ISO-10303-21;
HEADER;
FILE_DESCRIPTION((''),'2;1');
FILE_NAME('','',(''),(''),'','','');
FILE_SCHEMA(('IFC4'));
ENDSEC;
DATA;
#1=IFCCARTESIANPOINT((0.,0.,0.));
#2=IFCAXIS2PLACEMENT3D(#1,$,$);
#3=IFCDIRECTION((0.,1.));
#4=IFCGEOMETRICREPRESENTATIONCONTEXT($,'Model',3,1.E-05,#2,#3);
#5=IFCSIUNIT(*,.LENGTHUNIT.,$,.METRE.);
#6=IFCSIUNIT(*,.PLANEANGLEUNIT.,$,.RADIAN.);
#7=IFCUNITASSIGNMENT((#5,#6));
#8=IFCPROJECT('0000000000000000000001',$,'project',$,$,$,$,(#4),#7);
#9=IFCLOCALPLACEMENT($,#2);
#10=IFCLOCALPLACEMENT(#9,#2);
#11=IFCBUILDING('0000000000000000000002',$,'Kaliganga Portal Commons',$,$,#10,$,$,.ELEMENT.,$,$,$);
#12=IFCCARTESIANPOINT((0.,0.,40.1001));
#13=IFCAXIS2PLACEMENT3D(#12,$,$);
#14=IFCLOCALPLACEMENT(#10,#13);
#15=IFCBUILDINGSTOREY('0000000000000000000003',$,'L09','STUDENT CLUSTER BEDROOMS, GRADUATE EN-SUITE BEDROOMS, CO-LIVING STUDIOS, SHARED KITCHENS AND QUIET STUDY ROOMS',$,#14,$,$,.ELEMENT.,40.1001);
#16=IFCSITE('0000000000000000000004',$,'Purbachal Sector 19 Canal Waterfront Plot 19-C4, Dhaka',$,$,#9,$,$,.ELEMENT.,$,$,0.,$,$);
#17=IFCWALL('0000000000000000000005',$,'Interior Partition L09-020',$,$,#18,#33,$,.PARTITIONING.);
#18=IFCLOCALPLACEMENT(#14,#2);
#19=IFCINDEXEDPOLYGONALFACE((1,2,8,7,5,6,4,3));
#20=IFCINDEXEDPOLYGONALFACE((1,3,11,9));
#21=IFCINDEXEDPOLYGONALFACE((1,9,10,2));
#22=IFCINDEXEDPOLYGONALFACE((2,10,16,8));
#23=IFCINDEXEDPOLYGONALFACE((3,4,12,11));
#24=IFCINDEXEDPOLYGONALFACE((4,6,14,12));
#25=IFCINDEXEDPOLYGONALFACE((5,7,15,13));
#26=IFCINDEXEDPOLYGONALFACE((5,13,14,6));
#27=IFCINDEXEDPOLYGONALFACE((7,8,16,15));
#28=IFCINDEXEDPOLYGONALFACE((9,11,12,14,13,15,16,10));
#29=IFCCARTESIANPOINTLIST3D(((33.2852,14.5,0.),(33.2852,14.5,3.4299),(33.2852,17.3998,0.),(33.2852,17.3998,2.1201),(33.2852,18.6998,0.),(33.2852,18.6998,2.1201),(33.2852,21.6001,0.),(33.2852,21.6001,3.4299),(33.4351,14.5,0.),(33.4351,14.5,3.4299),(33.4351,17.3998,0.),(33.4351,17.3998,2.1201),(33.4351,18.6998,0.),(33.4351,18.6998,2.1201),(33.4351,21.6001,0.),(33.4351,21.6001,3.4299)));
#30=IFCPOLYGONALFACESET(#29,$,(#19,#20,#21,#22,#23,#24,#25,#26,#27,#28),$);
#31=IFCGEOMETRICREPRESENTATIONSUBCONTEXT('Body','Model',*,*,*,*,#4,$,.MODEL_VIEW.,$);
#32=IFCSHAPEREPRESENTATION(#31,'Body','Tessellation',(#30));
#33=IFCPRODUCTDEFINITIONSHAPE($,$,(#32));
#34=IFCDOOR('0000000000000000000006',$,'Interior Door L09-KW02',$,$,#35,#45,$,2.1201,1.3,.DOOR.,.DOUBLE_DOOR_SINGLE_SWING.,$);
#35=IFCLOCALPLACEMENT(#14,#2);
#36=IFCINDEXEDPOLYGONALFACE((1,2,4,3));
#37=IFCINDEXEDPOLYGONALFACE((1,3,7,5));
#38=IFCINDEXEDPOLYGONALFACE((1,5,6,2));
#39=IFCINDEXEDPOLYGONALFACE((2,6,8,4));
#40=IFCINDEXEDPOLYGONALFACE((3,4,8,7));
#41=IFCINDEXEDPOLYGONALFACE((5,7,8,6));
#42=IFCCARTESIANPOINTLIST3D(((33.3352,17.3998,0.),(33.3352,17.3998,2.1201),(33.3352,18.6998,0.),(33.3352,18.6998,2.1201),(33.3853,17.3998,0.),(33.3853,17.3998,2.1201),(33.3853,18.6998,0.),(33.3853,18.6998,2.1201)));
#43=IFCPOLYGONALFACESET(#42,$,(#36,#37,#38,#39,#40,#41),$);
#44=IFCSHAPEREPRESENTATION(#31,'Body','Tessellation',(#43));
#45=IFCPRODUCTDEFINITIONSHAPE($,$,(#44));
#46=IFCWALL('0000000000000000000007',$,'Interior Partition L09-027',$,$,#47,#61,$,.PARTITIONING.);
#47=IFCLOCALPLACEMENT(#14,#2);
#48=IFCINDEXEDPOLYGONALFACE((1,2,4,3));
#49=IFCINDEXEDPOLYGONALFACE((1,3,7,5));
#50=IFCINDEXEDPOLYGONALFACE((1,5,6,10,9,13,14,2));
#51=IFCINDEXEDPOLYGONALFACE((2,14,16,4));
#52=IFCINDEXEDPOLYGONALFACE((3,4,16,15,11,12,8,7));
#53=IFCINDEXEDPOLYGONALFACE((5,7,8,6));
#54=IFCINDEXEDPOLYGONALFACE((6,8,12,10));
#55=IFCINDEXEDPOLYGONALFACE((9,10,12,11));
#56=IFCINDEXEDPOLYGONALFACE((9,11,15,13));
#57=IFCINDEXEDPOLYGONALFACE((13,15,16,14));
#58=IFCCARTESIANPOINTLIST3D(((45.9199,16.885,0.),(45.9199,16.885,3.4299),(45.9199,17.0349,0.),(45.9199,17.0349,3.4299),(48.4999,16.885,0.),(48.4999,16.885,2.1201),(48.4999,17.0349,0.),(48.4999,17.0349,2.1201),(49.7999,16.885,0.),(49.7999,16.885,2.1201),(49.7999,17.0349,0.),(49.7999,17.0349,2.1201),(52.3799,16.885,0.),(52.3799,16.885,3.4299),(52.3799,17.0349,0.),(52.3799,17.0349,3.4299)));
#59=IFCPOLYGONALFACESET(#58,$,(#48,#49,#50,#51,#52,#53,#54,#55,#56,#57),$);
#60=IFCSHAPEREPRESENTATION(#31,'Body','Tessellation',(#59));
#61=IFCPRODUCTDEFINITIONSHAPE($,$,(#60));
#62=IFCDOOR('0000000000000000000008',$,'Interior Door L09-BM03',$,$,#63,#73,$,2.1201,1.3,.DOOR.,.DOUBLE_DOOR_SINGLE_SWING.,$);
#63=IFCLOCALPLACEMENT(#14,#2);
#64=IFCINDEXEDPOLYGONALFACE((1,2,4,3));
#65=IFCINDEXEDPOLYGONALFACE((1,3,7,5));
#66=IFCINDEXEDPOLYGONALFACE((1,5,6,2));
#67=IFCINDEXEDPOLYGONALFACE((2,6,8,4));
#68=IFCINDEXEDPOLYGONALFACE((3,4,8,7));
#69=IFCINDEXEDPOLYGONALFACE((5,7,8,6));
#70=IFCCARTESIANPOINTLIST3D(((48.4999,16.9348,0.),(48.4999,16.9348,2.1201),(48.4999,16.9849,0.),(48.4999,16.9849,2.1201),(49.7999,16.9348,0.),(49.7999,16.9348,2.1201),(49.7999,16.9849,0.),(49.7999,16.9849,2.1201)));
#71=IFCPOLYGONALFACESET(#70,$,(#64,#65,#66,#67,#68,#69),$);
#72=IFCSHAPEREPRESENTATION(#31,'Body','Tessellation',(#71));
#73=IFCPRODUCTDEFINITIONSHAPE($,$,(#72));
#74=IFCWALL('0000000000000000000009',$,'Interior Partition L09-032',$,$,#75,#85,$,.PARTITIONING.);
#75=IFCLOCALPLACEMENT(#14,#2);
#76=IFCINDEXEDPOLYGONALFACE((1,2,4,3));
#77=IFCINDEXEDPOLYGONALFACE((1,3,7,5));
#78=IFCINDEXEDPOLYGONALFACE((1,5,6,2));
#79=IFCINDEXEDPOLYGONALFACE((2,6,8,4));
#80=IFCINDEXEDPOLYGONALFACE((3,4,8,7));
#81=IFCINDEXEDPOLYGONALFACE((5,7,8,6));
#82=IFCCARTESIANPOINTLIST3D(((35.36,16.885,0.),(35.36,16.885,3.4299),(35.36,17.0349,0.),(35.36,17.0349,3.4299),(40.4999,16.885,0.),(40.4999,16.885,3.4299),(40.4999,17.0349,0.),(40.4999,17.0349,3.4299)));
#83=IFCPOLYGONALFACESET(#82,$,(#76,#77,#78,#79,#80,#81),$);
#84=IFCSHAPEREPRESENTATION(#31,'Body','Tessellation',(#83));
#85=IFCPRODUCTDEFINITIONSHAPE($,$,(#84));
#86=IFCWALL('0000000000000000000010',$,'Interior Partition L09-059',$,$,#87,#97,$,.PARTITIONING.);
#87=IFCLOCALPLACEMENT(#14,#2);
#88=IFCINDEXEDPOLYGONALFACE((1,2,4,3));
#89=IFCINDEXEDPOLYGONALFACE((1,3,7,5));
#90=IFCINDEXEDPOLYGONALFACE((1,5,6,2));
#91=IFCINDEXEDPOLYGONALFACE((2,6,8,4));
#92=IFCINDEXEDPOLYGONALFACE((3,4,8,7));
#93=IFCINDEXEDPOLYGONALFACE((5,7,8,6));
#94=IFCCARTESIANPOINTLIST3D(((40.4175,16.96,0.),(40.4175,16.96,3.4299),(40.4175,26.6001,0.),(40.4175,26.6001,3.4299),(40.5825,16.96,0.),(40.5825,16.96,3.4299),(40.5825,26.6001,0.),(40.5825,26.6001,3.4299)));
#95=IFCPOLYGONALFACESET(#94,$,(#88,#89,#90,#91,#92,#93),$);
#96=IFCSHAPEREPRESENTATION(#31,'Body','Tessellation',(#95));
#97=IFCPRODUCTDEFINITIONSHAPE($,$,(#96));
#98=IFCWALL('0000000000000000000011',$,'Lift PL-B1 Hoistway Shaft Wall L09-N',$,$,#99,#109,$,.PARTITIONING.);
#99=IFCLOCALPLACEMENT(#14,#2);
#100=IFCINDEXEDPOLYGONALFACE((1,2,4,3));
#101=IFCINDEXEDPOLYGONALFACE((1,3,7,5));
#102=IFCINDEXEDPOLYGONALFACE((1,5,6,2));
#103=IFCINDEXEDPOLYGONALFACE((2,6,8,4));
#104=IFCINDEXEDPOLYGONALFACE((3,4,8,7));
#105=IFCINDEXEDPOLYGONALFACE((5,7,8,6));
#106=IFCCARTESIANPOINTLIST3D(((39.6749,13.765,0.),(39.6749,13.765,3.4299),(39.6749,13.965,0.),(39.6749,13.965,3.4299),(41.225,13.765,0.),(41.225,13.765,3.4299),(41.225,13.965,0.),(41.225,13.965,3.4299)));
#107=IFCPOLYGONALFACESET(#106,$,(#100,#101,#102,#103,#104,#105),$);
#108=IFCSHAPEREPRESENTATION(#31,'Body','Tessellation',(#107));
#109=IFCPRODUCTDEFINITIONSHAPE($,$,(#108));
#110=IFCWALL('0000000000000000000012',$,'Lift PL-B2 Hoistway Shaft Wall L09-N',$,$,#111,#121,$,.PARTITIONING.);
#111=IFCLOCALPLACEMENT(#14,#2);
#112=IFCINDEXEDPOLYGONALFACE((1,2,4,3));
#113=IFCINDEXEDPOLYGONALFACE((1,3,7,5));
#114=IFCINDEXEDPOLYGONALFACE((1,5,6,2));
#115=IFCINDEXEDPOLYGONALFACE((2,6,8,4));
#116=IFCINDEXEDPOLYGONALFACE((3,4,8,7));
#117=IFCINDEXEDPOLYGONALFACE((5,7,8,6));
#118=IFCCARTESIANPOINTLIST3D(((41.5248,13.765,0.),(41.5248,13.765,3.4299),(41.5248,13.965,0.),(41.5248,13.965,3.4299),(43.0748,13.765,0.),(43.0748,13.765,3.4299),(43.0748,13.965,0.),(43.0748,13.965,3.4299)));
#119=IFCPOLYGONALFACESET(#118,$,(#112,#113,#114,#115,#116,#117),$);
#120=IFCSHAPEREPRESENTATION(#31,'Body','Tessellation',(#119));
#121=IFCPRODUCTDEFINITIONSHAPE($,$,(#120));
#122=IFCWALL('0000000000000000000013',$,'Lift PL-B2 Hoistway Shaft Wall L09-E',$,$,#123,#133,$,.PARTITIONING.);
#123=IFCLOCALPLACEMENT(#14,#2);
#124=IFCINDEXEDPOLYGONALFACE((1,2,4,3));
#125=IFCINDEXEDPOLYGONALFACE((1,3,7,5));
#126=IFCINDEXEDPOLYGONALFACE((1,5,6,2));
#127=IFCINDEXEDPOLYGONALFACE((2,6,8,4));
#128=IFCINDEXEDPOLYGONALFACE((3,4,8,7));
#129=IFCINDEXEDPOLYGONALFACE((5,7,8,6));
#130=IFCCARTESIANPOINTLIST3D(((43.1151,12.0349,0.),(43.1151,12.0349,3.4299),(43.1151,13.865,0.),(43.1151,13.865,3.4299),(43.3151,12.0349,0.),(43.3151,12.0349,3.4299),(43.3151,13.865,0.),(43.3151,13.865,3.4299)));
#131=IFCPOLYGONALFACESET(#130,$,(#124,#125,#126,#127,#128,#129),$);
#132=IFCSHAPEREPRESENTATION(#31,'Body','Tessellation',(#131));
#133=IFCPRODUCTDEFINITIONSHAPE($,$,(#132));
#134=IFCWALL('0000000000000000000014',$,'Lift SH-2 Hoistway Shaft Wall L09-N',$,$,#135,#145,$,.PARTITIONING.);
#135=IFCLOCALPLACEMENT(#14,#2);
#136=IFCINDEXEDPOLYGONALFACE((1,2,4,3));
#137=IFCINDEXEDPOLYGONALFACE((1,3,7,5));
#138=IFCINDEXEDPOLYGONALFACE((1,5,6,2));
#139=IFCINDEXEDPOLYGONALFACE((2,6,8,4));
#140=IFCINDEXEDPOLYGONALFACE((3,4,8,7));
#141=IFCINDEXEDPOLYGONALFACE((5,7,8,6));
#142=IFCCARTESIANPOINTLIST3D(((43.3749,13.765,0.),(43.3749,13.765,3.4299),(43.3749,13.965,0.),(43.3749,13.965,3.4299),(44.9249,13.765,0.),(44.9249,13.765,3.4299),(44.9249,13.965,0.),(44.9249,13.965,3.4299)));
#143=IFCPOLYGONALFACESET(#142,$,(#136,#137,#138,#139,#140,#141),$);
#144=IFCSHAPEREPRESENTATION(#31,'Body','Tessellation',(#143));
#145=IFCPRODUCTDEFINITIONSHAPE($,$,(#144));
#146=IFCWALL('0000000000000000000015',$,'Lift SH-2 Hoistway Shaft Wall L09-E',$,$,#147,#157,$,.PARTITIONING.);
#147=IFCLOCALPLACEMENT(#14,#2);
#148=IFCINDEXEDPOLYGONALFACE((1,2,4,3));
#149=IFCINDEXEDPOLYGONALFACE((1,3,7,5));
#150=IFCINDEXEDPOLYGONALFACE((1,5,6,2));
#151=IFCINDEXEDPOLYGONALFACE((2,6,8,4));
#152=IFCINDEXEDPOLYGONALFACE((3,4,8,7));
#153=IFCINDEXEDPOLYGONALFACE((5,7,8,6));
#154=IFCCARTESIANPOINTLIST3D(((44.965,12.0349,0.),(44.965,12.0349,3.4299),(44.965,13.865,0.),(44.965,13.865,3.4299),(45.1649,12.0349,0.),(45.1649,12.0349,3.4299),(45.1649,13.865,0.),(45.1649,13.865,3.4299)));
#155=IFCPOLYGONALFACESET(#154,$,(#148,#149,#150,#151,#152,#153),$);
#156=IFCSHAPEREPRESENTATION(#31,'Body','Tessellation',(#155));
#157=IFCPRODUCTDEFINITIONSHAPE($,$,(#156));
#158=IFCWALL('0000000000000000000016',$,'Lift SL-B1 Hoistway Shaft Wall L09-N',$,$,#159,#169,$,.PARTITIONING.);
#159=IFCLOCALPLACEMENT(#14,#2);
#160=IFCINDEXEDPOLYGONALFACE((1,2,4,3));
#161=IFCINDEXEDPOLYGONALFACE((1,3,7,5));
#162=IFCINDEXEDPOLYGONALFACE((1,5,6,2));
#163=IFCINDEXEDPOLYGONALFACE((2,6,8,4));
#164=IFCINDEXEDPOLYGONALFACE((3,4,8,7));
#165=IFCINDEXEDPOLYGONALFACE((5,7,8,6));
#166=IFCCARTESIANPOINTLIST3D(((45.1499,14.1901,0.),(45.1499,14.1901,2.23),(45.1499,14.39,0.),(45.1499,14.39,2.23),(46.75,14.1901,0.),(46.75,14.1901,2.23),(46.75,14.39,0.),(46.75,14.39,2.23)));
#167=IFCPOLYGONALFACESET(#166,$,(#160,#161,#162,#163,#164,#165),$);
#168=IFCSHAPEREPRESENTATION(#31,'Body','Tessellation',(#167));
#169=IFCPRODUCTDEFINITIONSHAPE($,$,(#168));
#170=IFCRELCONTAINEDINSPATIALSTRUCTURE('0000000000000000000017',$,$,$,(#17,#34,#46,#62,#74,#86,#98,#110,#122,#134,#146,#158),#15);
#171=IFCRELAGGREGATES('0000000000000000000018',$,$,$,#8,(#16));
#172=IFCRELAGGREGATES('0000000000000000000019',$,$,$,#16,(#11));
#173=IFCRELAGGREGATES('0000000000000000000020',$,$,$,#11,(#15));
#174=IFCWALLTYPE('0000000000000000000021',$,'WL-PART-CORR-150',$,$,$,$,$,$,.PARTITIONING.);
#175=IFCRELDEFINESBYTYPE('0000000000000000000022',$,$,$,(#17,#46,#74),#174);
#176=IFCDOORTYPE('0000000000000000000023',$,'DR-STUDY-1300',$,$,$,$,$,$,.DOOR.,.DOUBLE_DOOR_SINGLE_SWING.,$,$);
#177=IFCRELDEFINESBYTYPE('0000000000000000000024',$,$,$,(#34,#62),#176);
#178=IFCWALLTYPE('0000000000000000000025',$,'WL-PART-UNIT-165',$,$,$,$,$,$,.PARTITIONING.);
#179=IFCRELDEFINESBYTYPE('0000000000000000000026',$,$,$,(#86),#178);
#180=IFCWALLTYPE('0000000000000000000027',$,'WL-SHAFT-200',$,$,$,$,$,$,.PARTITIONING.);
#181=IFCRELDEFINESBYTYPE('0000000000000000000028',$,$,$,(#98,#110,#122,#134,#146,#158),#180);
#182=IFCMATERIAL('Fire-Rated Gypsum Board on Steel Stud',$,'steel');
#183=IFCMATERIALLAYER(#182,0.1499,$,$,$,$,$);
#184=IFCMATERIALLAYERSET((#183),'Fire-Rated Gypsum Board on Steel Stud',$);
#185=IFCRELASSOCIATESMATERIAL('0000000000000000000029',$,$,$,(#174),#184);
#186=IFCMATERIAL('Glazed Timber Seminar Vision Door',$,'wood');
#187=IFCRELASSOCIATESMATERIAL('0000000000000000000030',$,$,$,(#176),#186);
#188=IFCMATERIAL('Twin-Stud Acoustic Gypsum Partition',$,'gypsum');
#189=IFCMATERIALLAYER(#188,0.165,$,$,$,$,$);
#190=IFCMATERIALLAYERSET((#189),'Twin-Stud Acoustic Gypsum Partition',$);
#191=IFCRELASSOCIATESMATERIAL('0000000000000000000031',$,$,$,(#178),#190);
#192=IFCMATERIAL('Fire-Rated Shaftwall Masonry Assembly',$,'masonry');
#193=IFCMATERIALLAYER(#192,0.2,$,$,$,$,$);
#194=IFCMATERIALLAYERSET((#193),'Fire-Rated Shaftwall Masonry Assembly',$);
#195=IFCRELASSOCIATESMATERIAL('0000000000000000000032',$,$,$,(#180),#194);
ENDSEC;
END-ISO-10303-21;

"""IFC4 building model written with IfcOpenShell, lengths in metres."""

from ifc_helpers import new_model, si_unit, direction, frame, frame_2d, origin, place, context, subcontext, project, spatial, rectangle, extrude, material, layer, layer_set, type_object, element, fill, save


model = new_model("IFC4")

# Units and contexts
model_context = context("Model", 3, precision=1e-05, world=origin(), true_north=direction((0.0, 1.0)))
body_context = subcontext(model_context, "Body", "Model", "MODEL_VIEW")
ifc_project = project(units=[si_unit("LENGTHUNIT", "METRE"), si_unit("PLANEANGLEUNIT", "RADIAN")], contexts=[model_context])

# Site, building, storey
site_placement = place(None, origin())
site = spatial("IfcSite", under=ifc_project, at=site_placement, Name="Purbachal Sector 19 Canal Waterfront Plot 19-C4, Dhaka", CompositionType="ELEMENT", RefElevation=0.0)
building_placement = place(site_placement, origin())
building = spatial("IfcBuilding", under=site, at=building_placement, Name="Kaliganga Portal Commons", CompositionType="ELEMENT")
storey_placement = place(building_placement, frame((0.0, 0.0, 40.1001)))
storey = spatial("IfcBuildingStorey", under=building, at=storey_placement, Name="L09", Description="STUDENT CLUSTER BEDROOMS, GRADUATE EN-SUITE BEDROOMS, CO-LIVING STUDIOS, SHARED KITCHENS AND QUIET STUDY ROOMS", CompositionType="ELEMENT", Elevation=40.1001)

# Walls, openings, doors
ifc_material_1 = material(Name="Fire-Rated Gypsum Board on Steel Stud", Category="steel")
ifc_layer_1 = layer(ifc_material_1, 0.1499)
ifc_layer_set_1 = layer_set([ifc_layer_1], Name="Fire-Rated Gypsum Board on Steel Stud")
wall_type_1 = type_object("IfcWallType", Name="WL-PART-CORR-150", PredefinedType="PARTITIONING", material=ifc_layer_set_1)
ifc_material_2 = material(Name="Glazed Timber Seminar Vision Door", Category="wood")
door_type_1 = type_object("IfcDoorType", Name="DR-STUDY-1300", OperationType="DOUBLE_DOOR_SINGLE_SWING", PredefinedType="DOOR", material=ifc_material_2)
wall_1_placement = place(storey_placement, frame((33.3601, 14.5, 0.0), z_axis=(0.0, 0.0, 1.0), x_axis=(0.0, 1.0, 0.0)))
wall_1 = element("IfcWall", 1, at=wall_1_placement, inside=storey, type_object=wall_type_1, Name="Interior Partition L09-020", PredefinedType="PARTITIONING", context=body_context, shape_type="SweptSolid", body=[
    extrude(rectangle(XDim=7.1001, YDim=0.1499, at=frame_2d((3.55, 0.0))), origin(), (0.0, 0.0, 1.0), 3.4299),
])
opening_1_placement = place(wall_1_placement, frame((2.8999, 0.0, 0.0)))
opening_1 = element("IfcOpeningElement", 2, at=opening_1_placement, cuts=wall_1, PredefinedType="OPENING", context=body_context, shape_type="SweptSolid", body=[
    extrude(rectangle(XDim=1.3, YDim=2.1201, at=frame_2d((0.6499, 1.0601))), frame((0.0, 0.085, 0.0), z_axis=(0.0, -1.0, 0.0), x_axis=(1.0, 0.0, 0.0)), (0.0, 0.0, 1.0), 0.1699),
])
door_1_placement = place(opening_1_placement, origin())
door_1 = element("IfcDoor", 3, at=door_1_placement, inside=storey, type_object=door_type_1, Name="Interior Door L09-KW02", OperationType="DOUBLE_DOOR_SINGLE_SWING", OverallHeight=2.1201, OverallWidth=1.3, PredefinedType="DOOR", context=body_context, shape_type="SweptSolid", body=[
    extrude(rectangle(XDim=1.3, YDim=2.1201, at=frame_2d((0.6499, 1.0601))), frame((0.0, 0.0249, 0.0), z_axis=(0.0, -1.0, 0.0), x_axis=(1.0, 0.0, 0.0)), (0.0, 0.0, 1.0), 0.05),
])
fill(opening_1, door_1)
wall_2_placement = place(storey_placement, frame((45.9199, 16.96, 0.0), z_axis=(0.0, 0.0, 1.0), x_axis=(1.0, 0.0, 0.0)))
wall_2 = element("IfcWall", 4, at=wall_2_placement, inside=storey, type_object=wall_type_1, Name="Interior Partition L09-027", PredefinedType="PARTITIONING", context=body_context, shape_type="SweptSolid", body=[
    extrude(rectangle(XDim=6.46, YDim=0.1499, at=frame_2d((3.23, 0.0))), origin(), (0.0, 0.0, 1.0), 3.4299),
])
opening_2_placement = place(wall_2_placement, frame((2.5801, 0.0, 0.0)))
opening_2 = element("IfcOpeningElement", 5, at=opening_2_placement, cuts=wall_2, PredefinedType="OPENING", context=body_context, shape_type="SweptSolid", body=[
    extrude(rectangle(XDim=1.3, YDim=2.1201, at=frame_2d((0.6499, 1.0601))), frame((0.0, 0.085, 0.0), z_axis=(0.0, -1.0, 0.0), x_axis=(1.0, 0.0, 0.0)), (0.0, 0.0, 1.0), 0.1699),
])
door_2_placement = place(opening_2_placement, origin())
door_2 = element("IfcDoor", 6, at=door_2_placement, inside=storey, type_object=door_type_1, Name="Interior Door L09-BM03", OperationType="DOUBLE_DOOR_SINGLE_SWING", OverallHeight=2.1201, OverallWidth=1.3, PredefinedType="DOOR", context=body_context, shape_type="SweptSolid", body=[
    extrude(rectangle(XDim=1.3, YDim=2.1201, at=frame_2d((0.6499, 1.0601))), frame((0.0, 0.0249, 0.0), z_axis=(0.0, -1.0, 0.0), x_axis=(1.0, 0.0, 0.0)), (0.0, 0.0, 1.0), 0.05),
])
fill(opening_2, door_2)

# Walls
wall_3_placement = place(storey_placement, frame((35.3601, 16.96, 0.0), z_axis=(0.0, 0.0, 1.0), x_axis=(1.0, 0.0, 0.0)))
element("IfcWall", 7, at=wall_3_placement, inside=storey, type_object=wall_type_1, Name="Interior Partition L09-032", PredefinedType="PARTITIONING", context=body_context, shape_type="SweptSolid", body=[
    extrude(rectangle(XDim=5.1399, YDim=0.1499, at=frame_2d((2.5698, 0.0))), origin(), (0.0, 0.0, 1.0), 3.4299),
])
ifc_material_3 = material(Name="Twin-Stud Acoustic Gypsum Partition", Category="gypsum")
ifc_layer_2 = layer(ifc_material_3, 0.165)
ifc_layer_set_2 = layer_set([ifc_layer_2], Name="Twin-Stud Acoustic Gypsum Partition")
wall_type_2 = type_object("IfcWallType", Name="WL-PART-UNIT-165", PredefinedType="PARTITIONING", material=ifc_layer_set_2)
wall_4_placement = place(storey_placement, frame((40.5, 16.96, 0.0), z_axis=(0.0, 0.0, 1.0), x_axis=(0.0, 1.0, 0.0)))
element("IfcWall", 8, at=wall_4_placement, inside=storey, type_object=wall_type_2, Name="Interior Partition L09-059", PredefinedType="PARTITIONING", context=body_context, shape_type="SweptSolid", body=[
    extrude(rectangle(XDim=9.6401, YDim=0.165, at=frame_2d((4.8201, 0.0))), origin(), (0.0, 0.0, 1.0), 3.4299),
])
ifc_material_4 = material(Name="Fire-Rated Shaftwall Masonry Assembly", Category="masonry")
ifc_layer_3 = layer(ifc_material_4, 0.2)
ifc_layer_set_3 = layer_set([ifc_layer_3], Name="Fire-Rated Shaftwall Masonry Assembly")
wall_type_3 = type_object("IfcWallType", Name="WL-SHAFT-200", PredefinedType="PARTITIONING", material=ifc_layer_set_3)
wall_5_placement = place(storey_placement, frame((39.675, 13.865, 0.0), z_axis=(0.0, 0.0, 1.0), x_axis=(1.0, 0.0, 0.0)))
element("IfcWall", 9, at=wall_5_placement, inside=storey, type_object=wall_type_3, Name="Lift PL-B1 Hoistway Shaft Wall L09-N", PredefinedType="PARTITIONING", context=body_context, shape_type="SweptSolid", body=[
    extrude(rectangle(XDim=1.55, YDim=0.2, at=frame_2d((0.7749, 0.0))), origin(), (0.0, 0.0, 1.0), 3.4299),
])

# Walls
wall_6_placement = place(storey_placement, frame((41.5249, 13.865, 0.0), z_axis=(0.0, 0.0, 1.0), x_axis=(1.0, 0.0, 0.0)))
element("IfcWall", 10, at=wall_6_placement, inside=storey, type_object=wall_type_3, Name="Lift PL-B2 Hoistway Shaft Wall L09-N", PredefinedType="PARTITIONING", context=body_context, shape_type="SweptSolid", body=[
    extrude(rectangle(XDim=1.55, YDim=0.2, at=frame_2d((0.7749, 0.0))), origin(), (0.0, 0.0, 1.0), 3.4299),
])
wall_7_placement = place(storey_placement, frame((43.2151, 12.0349, 0.0), z_axis=(0.0, 0.0, 1.0), x_axis=(0.0, 1.0, 0.0)))
element("IfcWall", 11, at=wall_7_placement, inside=storey, type_object=wall_type_3, Name="Lift PL-B2 Hoistway Shaft Wall L09-E", PredefinedType="PARTITIONING", context=body_context, shape_type="SweptSolid", body=[
    extrude(rectangle(XDim=1.8301, YDim=0.2, at=frame_2d((0.915, 0.0))), origin(), (0.0, 0.0, 1.0), 3.4299),
])

# Walls
wall_8_placement = place(storey_placement, frame((43.375, 13.865, 0.0), z_axis=(0.0, 0.0, 1.0), x_axis=(1.0, 0.0, 0.0)))
element("IfcWall", 12, at=wall_8_placement, inside=storey, type_object=wall_type_3, Name="Lift SH-2 Hoistway Shaft Wall L09-N", PredefinedType="PARTITIONING", context=body_context, shape_type="SweptSolid", body=[
    extrude(rectangle(XDim=1.55, YDim=0.2, at=frame_2d((0.7749, 0.0))), origin(), (0.0, 0.0, 1.0), 3.4299),
])
wall_9_placement = place(storey_placement, frame((45.0649, 12.0349, 0.0), z_axis=(0.0, 0.0, 1.0), x_axis=(0.0, 1.0, 0.0)))
element("IfcWall", 13, at=wall_9_placement, inside=storey, type_object=wall_type_3, Name="Lift SH-2 Hoistway Shaft Wall L09-E", PredefinedType="PARTITIONING", context=body_context, shape_type="SweptSolid", body=[
    extrude(rectangle(XDim=1.8301, YDim=0.2, at=frame_2d((0.915, 0.0))), origin(), (0.0, 0.0, 1.0), 3.4299),
])
wall_10_placement = place(storey_placement, frame((45.1499, 14.29, 0.0), z_axis=(0.0, 0.0, 1.0), x_axis=(1.0, 0.0, 0.0)))
element("IfcWall", 14, at=wall_10_placement, inside=storey, type_object=wall_type_3, Name="Lift SL-B1 Hoistway Shaft Wall L09-N", PredefinedType="PARTITIONING", context=body_context, shape_type="SweptSolid", body=[
    extrude(rectangle(XDim=1.6001, YDim=0.2, at=frame_2d((0.8, 0.0))), origin(), (0.0, 0.0, 1.0), 2.23),
])

save(model, "model.ifc")
